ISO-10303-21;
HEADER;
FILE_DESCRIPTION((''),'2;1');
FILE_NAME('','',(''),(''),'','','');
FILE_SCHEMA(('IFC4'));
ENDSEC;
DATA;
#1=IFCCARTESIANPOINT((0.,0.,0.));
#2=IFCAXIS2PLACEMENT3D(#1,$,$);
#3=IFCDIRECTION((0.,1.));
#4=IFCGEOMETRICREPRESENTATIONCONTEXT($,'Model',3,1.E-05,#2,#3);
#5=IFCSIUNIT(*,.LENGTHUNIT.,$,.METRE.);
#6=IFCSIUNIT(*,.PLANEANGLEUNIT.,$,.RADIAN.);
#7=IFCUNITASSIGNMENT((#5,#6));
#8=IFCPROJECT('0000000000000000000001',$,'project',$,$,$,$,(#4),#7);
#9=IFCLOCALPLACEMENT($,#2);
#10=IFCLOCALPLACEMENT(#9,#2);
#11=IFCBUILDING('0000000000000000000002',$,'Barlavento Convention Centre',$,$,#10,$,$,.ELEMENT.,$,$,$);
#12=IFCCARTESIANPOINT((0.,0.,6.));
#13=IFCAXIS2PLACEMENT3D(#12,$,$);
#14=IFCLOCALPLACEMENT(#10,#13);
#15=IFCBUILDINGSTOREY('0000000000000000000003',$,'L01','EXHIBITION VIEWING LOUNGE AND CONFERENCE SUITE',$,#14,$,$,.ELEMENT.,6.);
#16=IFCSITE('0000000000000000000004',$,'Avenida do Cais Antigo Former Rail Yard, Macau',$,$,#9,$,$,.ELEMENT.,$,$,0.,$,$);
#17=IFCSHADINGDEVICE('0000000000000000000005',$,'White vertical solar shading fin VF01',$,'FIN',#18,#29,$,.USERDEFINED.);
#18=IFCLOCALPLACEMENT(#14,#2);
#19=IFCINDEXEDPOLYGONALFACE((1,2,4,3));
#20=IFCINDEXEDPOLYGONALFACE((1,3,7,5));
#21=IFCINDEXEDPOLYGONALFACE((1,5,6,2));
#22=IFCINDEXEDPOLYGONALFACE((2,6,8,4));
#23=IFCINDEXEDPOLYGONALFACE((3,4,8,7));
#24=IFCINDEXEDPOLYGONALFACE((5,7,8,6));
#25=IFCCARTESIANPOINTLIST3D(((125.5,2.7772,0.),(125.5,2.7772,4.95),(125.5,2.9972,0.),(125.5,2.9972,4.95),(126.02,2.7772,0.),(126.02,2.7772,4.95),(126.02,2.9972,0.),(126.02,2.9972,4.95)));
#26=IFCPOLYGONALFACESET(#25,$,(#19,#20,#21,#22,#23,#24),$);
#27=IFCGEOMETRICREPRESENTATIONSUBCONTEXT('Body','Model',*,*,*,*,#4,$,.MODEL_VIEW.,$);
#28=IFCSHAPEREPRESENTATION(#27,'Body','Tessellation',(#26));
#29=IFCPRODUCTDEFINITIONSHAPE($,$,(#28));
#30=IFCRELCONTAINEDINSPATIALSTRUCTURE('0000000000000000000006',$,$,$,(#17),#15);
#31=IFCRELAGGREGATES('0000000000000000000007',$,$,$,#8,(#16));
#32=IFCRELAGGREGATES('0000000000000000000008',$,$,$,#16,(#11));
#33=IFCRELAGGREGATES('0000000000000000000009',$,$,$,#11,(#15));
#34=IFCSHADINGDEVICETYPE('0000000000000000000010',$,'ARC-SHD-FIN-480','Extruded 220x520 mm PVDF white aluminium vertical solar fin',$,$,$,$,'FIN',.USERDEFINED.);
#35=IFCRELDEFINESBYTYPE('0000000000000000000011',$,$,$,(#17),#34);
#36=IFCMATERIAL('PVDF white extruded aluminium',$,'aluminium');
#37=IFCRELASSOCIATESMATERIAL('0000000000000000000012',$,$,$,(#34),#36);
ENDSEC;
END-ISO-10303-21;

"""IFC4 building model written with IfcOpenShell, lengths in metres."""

from ifc_helpers import new_model, si_unit, direction, frame, origin, origin_2d, place, context, subcontext, project, spatial, rectangle, extrude, material, type_object, element, save


model = new_model("IFC4")

# Units and contexts
model_context = context("Model", 3, precision=1e-05, world=origin(), true_north=direction((0.0, 1.0)))
body_context = subcontext(model_context, "Body", "Model", "MODEL_VIEW")
ifc_project = project(units=[si_unit("LENGTHUNIT", "METRE"), si_unit("PLANEANGLEUNIT", "RADIAN")], contexts=[model_context])

# Site, building, storey
site_placement = place(None, origin())
site = spatial("IfcSite", under=ifc_project, at=site_placement, Name="Avenida do Cais Antigo Former Rail Yard, Macau", CompositionType="ELEMENT", RefElevation=0.0)
building_placement = place(site_placement, origin())
building = spatial("IfcBuilding", under=site, at=building_placement, Name="Barlavento Convention Centre", CompositionType="ELEMENT")
storey_placement = place(building_placement, frame((0.0, 0.0, 6.0)))
storey = spatial("IfcBuildingStorey", under=building, at=storey_placement, Name="L01", Description="EXHIBITION VIEWING LOUNGE AND CONFERENCE SUITE", CompositionType="ELEMENT", Elevation=6.0)

# Shading device
ifc_material_1 = material(Name="PVDF white extruded aluminium", Category="aluminium")
shading_device_type = type_object("IfcShadingDeviceType", Name="ARC-SHD-FIN-480", Description="Extruded 220x520 mm PVDF white aluminium vertical solar fin", ElementType="FIN", PredefinedType="USERDEFINED", material=ifc_material_1)
for number, where, z_axis, x_axis, name in (
    (1, (125.76, 2.8872, 0.0), (0.0, 0.0, 1.0), (0.0, 1.0, 0.0), "White vertical solar shading fin VF01"),
):
    element("IfcShadingDevice", number, at=place(storey_placement, frame(where, z_axis=z_axis, x_axis=x_axis)), inside=storey, type_object=shading_device_type, Name=name, ObjectType="FIN", PredefinedType="USERDEFINED", context=body_context, shape_type="SweptSolid", body=[
        extrude(rectangle(XDim=0.22, YDim=0.52, at=origin_2d()), origin(), (0.0, 0.0, 1.0), 4.95),
    ])

save(model, "model.ifc")
